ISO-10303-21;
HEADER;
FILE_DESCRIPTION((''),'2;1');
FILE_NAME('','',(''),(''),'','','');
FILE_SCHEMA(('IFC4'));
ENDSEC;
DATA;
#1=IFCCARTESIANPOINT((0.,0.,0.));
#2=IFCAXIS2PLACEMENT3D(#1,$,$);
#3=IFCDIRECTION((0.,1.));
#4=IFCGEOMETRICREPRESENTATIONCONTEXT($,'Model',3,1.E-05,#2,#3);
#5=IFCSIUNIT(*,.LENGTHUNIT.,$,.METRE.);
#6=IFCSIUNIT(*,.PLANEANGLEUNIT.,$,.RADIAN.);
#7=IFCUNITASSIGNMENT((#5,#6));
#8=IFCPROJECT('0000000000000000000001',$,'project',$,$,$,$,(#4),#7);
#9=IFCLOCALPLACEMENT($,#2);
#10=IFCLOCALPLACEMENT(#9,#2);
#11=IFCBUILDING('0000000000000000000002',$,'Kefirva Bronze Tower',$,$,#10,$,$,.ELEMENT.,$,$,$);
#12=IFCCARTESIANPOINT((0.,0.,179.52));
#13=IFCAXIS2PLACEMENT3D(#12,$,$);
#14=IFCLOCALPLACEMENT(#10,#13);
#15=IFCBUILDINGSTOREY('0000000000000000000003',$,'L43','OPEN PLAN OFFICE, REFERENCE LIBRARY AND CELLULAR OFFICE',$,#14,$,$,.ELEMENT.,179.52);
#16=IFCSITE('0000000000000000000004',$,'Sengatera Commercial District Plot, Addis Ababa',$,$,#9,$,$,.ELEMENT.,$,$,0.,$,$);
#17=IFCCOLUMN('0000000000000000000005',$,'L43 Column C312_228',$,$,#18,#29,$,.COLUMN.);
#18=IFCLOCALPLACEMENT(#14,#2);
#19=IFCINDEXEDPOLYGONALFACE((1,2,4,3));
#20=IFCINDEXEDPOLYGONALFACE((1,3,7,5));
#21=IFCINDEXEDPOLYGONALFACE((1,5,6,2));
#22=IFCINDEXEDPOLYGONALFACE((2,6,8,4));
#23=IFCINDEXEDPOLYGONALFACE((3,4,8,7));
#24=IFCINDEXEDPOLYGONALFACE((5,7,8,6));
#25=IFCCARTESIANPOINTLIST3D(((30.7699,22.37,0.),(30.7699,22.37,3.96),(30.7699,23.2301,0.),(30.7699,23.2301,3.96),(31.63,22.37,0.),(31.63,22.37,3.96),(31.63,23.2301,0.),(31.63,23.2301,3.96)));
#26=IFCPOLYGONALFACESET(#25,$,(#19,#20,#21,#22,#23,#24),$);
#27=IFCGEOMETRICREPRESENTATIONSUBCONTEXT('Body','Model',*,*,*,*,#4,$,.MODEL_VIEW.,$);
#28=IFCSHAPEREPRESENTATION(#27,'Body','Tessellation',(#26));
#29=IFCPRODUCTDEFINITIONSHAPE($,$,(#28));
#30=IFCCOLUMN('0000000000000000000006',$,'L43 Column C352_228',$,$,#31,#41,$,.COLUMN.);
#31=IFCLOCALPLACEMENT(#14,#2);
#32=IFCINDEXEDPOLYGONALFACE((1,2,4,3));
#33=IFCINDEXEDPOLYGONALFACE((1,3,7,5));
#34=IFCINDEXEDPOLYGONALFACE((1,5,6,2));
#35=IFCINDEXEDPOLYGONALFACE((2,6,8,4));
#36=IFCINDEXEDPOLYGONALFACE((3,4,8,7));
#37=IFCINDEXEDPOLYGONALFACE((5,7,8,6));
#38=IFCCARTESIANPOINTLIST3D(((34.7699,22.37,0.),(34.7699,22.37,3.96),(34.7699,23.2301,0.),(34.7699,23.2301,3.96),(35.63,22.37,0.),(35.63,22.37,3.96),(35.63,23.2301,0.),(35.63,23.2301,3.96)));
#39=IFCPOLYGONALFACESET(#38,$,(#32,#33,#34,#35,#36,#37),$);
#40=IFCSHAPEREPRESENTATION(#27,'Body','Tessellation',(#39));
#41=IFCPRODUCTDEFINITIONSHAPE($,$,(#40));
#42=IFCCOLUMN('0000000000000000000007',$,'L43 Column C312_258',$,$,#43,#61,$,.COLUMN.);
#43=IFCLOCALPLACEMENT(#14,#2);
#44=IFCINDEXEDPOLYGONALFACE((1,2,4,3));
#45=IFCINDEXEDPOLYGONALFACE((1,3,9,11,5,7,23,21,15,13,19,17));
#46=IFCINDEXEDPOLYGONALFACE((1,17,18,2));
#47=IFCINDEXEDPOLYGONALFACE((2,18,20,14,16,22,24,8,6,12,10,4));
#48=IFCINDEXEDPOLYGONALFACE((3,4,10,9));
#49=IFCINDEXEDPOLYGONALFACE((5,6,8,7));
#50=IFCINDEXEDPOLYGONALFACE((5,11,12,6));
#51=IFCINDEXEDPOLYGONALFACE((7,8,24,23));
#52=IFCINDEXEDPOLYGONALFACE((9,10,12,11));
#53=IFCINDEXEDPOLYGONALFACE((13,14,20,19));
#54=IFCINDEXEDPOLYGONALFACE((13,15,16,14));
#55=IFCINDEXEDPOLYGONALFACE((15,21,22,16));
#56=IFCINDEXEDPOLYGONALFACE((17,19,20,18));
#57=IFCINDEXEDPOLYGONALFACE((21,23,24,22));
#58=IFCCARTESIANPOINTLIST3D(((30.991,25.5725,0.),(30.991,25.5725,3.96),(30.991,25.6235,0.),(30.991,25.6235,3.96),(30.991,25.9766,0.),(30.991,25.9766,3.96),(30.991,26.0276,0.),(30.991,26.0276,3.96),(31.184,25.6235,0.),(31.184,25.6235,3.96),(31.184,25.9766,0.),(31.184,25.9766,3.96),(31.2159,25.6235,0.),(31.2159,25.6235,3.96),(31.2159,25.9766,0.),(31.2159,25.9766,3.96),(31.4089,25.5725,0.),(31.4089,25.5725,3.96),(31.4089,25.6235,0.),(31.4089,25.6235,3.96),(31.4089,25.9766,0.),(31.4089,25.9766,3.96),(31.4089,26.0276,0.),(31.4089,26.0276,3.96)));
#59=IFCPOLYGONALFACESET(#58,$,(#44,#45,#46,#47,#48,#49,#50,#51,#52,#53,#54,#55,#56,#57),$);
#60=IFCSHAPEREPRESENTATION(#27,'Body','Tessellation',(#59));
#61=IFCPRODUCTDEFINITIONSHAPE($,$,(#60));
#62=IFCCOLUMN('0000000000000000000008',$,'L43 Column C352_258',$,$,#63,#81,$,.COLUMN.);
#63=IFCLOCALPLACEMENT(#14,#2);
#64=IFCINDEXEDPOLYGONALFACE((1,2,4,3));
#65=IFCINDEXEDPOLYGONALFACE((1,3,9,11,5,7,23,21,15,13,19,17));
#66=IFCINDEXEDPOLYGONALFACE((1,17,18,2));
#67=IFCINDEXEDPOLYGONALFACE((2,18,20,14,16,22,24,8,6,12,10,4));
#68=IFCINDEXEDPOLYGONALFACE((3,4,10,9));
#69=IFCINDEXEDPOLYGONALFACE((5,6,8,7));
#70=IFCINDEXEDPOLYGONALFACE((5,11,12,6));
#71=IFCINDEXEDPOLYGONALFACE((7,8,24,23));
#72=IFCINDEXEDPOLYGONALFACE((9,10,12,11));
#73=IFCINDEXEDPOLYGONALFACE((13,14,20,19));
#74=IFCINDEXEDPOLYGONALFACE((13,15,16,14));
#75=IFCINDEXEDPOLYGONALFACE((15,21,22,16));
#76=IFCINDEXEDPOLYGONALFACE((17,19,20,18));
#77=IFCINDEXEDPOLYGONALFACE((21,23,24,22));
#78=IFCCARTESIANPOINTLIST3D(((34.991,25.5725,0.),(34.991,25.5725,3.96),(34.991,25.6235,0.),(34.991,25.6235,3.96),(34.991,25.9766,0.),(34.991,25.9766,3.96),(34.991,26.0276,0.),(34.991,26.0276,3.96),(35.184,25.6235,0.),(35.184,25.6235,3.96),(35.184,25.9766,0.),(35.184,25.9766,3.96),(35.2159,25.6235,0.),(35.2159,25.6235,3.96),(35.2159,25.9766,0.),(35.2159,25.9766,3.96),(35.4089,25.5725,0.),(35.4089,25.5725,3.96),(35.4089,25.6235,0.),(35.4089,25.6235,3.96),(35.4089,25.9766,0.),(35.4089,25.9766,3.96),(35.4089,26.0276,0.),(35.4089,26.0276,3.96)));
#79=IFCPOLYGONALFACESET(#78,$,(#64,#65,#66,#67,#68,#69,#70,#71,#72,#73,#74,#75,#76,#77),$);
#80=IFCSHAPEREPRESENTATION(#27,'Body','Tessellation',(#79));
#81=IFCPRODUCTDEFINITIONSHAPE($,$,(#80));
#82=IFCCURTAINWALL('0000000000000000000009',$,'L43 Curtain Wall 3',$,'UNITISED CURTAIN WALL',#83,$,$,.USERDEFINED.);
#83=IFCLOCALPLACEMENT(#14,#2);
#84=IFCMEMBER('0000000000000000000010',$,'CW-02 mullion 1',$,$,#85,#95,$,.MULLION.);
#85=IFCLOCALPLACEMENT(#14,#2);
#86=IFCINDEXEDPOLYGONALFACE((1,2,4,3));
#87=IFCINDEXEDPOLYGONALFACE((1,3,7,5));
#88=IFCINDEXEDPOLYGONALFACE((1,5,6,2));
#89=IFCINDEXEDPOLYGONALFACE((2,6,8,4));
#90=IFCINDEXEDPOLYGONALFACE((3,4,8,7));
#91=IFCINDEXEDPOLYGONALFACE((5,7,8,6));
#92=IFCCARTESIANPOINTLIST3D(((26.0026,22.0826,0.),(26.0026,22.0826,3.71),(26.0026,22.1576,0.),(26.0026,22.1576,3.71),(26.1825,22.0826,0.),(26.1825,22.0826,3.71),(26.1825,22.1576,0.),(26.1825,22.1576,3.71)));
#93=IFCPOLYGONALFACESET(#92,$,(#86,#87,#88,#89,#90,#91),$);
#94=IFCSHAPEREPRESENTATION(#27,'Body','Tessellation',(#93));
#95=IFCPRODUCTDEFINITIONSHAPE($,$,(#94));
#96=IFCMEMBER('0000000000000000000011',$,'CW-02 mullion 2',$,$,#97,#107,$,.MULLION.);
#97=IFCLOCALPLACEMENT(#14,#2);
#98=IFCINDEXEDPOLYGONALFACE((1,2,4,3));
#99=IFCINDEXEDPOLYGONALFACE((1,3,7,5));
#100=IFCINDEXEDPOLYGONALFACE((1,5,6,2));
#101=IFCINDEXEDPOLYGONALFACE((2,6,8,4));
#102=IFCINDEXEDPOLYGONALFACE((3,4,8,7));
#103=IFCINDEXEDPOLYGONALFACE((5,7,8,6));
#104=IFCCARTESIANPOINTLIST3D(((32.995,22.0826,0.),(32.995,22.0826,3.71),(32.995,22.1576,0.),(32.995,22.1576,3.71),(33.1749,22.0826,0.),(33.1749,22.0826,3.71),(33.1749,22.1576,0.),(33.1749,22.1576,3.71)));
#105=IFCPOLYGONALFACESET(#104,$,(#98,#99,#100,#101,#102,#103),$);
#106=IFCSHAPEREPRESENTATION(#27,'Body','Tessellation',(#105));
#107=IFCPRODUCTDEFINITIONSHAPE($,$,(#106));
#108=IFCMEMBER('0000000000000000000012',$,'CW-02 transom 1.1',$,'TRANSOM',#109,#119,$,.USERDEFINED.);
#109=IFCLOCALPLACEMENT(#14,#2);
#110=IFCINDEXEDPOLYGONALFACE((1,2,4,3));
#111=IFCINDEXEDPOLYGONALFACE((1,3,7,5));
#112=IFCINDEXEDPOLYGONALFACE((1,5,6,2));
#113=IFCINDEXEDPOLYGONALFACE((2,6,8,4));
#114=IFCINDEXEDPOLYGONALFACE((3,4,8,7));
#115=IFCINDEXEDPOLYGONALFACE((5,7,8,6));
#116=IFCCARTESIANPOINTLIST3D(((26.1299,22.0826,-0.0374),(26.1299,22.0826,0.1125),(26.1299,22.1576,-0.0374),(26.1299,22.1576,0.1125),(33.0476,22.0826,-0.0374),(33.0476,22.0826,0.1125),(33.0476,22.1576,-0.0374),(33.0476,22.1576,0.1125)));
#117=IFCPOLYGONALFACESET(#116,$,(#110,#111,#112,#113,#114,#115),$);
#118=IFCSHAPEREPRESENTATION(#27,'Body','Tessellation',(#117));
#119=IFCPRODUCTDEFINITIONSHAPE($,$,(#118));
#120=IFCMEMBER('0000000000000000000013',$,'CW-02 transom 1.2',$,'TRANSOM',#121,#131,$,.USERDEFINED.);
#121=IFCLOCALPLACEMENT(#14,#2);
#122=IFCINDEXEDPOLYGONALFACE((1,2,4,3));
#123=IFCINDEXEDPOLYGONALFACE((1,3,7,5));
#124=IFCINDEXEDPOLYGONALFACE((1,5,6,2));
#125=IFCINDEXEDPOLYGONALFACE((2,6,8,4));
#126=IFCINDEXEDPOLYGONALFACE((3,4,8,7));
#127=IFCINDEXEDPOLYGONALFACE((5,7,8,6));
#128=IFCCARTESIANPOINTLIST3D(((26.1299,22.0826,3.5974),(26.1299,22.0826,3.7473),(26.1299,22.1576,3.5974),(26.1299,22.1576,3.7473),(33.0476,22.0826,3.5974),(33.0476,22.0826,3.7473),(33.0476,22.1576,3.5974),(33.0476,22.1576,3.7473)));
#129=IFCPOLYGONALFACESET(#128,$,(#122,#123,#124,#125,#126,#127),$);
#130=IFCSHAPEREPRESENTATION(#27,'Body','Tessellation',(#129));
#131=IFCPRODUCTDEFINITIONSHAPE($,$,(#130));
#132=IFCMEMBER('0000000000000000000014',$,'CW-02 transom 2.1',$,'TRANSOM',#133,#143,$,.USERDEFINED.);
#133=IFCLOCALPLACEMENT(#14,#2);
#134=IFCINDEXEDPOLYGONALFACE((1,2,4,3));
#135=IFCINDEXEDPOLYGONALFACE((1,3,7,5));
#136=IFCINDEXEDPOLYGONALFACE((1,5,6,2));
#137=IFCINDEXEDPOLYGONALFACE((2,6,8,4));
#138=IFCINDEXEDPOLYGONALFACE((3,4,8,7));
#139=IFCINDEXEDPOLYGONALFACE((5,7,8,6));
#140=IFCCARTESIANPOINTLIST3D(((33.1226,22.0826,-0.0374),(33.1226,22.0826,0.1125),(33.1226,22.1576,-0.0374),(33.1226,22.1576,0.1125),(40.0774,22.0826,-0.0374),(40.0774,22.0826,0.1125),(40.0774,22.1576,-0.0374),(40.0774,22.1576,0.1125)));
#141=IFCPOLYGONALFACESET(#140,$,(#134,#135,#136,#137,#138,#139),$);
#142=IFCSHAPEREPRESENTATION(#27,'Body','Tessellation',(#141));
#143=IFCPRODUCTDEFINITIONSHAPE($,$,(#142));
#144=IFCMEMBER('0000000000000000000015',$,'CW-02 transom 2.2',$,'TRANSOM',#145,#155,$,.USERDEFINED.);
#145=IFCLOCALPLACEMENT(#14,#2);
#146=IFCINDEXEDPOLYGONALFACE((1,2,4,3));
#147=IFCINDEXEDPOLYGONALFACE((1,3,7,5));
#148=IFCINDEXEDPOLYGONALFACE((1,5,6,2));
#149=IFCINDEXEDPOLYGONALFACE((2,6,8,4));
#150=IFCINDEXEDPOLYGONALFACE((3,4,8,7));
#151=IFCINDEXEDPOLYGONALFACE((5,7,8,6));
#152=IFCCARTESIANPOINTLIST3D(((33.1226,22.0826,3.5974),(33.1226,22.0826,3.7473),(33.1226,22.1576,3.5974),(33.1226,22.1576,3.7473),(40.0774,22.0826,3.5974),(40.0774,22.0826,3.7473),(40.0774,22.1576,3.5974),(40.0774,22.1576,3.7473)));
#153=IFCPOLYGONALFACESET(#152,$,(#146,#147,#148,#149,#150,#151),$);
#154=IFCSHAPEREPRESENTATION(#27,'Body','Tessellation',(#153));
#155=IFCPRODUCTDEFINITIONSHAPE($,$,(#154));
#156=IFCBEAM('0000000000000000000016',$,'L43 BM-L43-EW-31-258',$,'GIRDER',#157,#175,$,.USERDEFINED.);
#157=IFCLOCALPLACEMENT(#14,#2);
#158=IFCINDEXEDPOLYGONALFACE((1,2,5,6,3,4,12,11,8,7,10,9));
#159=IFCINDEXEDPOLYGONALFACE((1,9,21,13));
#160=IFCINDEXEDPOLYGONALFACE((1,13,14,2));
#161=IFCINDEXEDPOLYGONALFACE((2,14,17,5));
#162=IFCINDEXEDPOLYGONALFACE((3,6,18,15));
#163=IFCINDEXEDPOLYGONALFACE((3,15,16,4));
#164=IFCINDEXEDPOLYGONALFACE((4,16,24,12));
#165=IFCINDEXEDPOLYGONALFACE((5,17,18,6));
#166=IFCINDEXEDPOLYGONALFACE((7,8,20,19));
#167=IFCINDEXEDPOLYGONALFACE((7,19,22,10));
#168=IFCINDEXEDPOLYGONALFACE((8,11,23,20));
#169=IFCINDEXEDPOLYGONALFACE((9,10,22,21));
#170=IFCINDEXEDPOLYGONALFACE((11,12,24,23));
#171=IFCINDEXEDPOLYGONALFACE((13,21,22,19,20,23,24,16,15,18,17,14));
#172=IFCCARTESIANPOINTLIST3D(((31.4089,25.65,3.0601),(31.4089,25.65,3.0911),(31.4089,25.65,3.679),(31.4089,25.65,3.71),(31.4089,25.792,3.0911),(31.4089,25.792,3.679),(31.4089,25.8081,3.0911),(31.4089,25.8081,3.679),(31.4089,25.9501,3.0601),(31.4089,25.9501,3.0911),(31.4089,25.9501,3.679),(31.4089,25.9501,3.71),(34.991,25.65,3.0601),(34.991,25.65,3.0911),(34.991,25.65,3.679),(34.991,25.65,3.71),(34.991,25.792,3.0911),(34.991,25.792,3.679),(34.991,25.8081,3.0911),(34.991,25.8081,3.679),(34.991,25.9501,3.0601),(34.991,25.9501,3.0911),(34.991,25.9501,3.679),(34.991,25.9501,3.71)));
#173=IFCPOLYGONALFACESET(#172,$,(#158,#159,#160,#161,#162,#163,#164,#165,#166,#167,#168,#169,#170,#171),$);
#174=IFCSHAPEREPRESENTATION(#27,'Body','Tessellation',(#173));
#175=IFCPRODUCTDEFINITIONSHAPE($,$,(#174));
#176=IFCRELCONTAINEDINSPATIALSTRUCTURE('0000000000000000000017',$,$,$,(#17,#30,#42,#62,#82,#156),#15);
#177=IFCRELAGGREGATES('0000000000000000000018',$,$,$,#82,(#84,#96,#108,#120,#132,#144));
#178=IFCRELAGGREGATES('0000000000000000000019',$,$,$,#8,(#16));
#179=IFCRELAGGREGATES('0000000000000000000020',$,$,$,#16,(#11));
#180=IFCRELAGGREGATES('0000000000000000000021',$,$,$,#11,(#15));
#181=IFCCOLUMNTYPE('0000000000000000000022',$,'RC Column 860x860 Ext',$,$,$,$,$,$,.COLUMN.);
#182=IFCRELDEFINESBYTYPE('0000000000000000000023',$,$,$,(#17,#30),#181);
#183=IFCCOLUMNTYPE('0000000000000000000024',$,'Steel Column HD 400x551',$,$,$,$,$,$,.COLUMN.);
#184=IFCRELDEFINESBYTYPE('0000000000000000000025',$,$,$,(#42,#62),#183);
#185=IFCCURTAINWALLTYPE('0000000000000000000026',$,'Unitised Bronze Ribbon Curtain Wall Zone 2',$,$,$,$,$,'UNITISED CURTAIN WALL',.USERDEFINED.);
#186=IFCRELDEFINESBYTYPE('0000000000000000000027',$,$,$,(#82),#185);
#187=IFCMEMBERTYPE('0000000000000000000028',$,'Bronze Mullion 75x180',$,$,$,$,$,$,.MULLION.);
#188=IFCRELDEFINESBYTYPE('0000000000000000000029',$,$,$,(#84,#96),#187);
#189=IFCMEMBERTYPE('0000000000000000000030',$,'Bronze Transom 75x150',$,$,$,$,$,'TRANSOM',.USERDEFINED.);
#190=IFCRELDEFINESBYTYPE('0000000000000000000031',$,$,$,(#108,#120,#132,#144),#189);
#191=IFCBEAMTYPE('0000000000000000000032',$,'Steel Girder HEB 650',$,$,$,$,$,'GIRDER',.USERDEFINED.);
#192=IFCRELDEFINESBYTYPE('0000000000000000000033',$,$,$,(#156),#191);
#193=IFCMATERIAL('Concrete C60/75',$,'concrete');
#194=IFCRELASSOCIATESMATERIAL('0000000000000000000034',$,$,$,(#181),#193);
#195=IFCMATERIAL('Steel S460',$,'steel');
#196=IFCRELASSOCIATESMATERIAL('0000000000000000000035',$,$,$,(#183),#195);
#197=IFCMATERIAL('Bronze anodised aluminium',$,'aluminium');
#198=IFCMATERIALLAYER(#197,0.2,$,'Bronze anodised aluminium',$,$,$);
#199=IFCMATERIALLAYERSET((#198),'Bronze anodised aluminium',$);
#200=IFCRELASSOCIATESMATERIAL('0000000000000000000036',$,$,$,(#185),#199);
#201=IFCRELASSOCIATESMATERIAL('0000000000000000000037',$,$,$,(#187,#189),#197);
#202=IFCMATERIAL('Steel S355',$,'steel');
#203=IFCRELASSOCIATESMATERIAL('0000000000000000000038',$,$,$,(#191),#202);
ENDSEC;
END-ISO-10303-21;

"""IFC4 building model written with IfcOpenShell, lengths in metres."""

from ifc_helpers import new_model, si_unit, direction, frame, origin, origin_2d, place, context, subcontext, project, spatial, rectangle, i_section, extrude, material, layer, layer_set, material_profile, profile_set, type_object, element, aggregate, save


model = new_model("IFC4")

# Units and contexts
model_context = context("Model", 3, precision=1e-05, world=origin(), true_north=direction((0.0, 1.0)))
body_context = subcontext(model_context, "Body", "Model", "MODEL_VIEW")
ifc_project = project(units=[si_unit("LENGTHUNIT", "METRE"), si_unit("PLANEANGLEUNIT", "RADIAN")], contexts=[model_context])

# Site, building, storey
site_placement = place(None, origin())
site = spatial("IfcSite", under=ifc_project, at=site_placement, Name="Sengatera Commercial District Plot, Addis Ababa", CompositionType="ELEMENT", RefElevation=0.0)
building_placement = place(site_placement, origin())
building = spatial("IfcBuilding", under=site, at=building_placement, Name="Kefirva Bronze Tower", CompositionType="ELEMENT")
storey_placement = place(building_placement, frame((0.0, 0.0, 179.52)))
storey = spatial("IfcBuildingStorey", under=building, at=storey_placement, Name="L43", Description="OPEN PLAN OFFICE, REFERENCE LIBRARY AND CELLULAR OFFICE", CompositionType="ELEMENT", Elevation=179.52)

# Columns
ifc_material_1 = material(Name="Concrete C60/75", Category="concrete")
ifc_material_profile_1 = material_profile(ifc_material_1, rectangle(XDim=0.8601, YDim=0.8601, at=origin_2d()), Name="RC 860x860")
ifc_profile_set_1 = profile_set([ifc_material_profile_1], Name="Concrete C60/75")
column_type_1 = type_object("IfcColumnType", Name="RC Column 860x860 Ext", PredefinedType="COLUMN", material=ifc_profile_set_1)
for number, where, z_axis, x_axis, name in (
    (1, (31.2, 22.8, 0.0), (0.0, 0.0, 1.0), (1.0, 0.0, 0.0), "L43 Column C312_228"),
    (2, (35.2, 22.8, 0.0), (0.0, 0.0, 1.0), (1.0, 0.0, 0.0), "L43 Column C352_228"),
):
    element("IfcColumn", number, at=place(storey_placement, frame(where, z_axis=z_axis, x_axis=x_axis)), inside=storey, type_object=column_type_1, Name=name, PredefinedType="COLUMN", context=body_context, shape_type="SweptSolid", body=[
        extrude(rectangle(XDim=0.8601, YDim=0.8601, at=origin_2d()), origin(), (0.0, 0.0, 1.0), 3.96),
    ])
ifc_material_2 = material(Name="Steel S460", Category="steel")
ifc_material_profile_2 = material_profile(ifc_material_2, i_section(OverallWidth=0.418, OverallDepth=0.4551, WebThickness=0.032, FlangeThickness=0.051, at=origin_2d()), Name="HD 400x551")
ifc_profile_set_2 = profile_set([ifc_material_profile_2], Name="Steel S460")
column_type_2 = type_object("IfcColumnType", Name="Steel Column HD 400x551", PredefinedType="COLUMN", material=ifc_profile_set_2)
for number, where, z_axis, x_axis, name in (
    (3, (31.2, 25.8, 0.0), (0.0, 0.0, 1.0), (1.0, 0.0, 0.0), "L43 Column C312_258"),
    (4, (35.2, 25.8, 0.0), (0.0, 0.0, 1.0), (1.0, 0.0, 0.0), "L43 Column C352_258"),
):
    element("IfcColumn", number, at=place(storey_placement, frame(where, z_axis=z_axis, x_axis=x_axis)), inside=storey, type_object=column_type_2, Name=name, PredefinedType="COLUMN", context=body_context, shape_type="SweptSolid", body=[
        extrude(i_section(OverallWidth=0.418, OverallDepth=0.4551, WebThickness=0.032, FlangeThickness=0.051, at=origin_2d()), origin(), (0.0, 0.0, 1.0), 3.96),
    ])

# Curtain wall, members
ifc_material_3 = material(Name="Bronze anodised aluminium", Category="aluminium")
ifc_layer_1 = layer(ifc_material_3, 0.2, Name="Bronze anodised aluminium")
ifc_layer_set_1 = layer_set([ifc_layer_1], Name="Bronze anodised aluminium")
curtain_wall_type = type_object("IfcCurtainWallType", Name="Unitised Bronze Ribbon Curtain Wall Zone 2", ElementType="UNITISED CURTAIN WALL", PredefinedType="USERDEFINED", material=ifc_layer_set_1)
curtain_wall_placement = place(storey_placement, origin())
curtain_wall = element("IfcCurtainWall", 5, at=curtain_wall_placement, inside=storey, type_object=curtain_wall_type, Name="L43 Curtain Wall 3", ObjectType="UNITISED CURTAIN WALL", PredefinedType="USERDEFINED")
ifc_material_profile_3 = material_profile(ifc_material_3, rectangle(XDim=0.075, YDim=0.1799, at=origin_2d()), Name="ALU 75x180")
ifc_profile_set_3 = profile_set([ifc_material_profile_3], Name="Bronze anodised aluminium")
member_type_1 = type_object("IfcMemberType", Name="Bronze Mullion 75x180", PredefinedType="MULLION", material=ifc_profile_set_3)
member_1_placement = place(storey_placement, frame((26.0925, 22.1201, 0.0), z_axis=(0.0, 0.0, 1.0), x_axis=(0.0, 1.0, 0.0)))
member_1 = element("IfcMember", 6, at=member_1_placement, type_object=member_type_1, Name="CW-02 mullion 1", PredefinedType="MULLION", context=body_context, shape_type="SweptSolid", body=[
    extrude(rectangle(XDim=0.075, YDim=0.1799, at=origin_2d()), origin(), (0.0, 0.0, 1.0), 3.71),
])
member_2_placement = place(storey_placement, frame((33.085, 22.1201, 0.0), z_axis=(0.0, 0.0, 1.0), x_axis=(0.0, 1.0, 0.0)))
member_2 = element("IfcMember", 7, at=member_2_placement, type_object=member_type_1, Name="CW-02 mullion 2", PredefinedType="MULLION", context=body_context, shape_type="SweptSolid", body=[
    extrude(rectangle(XDim=0.075, YDim=0.1799, at=origin_2d()), origin(), (0.0, 0.0, 1.0), 3.71),
])
ifc_material_profile_4 = material_profile(ifc_material_3, rectangle(XDim=0.075, YDim=0.1499, at=origin_2d()), Name="ALU 75x150")
ifc_profile_set_4 = profile_set([ifc_material_profile_4], Name="Bronze anodised aluminium")
member_type_2 = type_object("IfcMemberType", Name="Bronze Transom 75x150", ElementType="TRANSOM", PredefinedType="USERDEFINED", material=ifc_profile_set_4)
member_3_placement = place(storey_placement, frame((26.1299, 22.1201, 0.0376), z_axis=(1.0, 0.0, 0.0), x_axis=(0.0, 1.0, 0.0)))
member_3 = element("IfcMember", 8, at=member_3_placement, type_object=member_type_2, Name="CW-02 transom 1.1", ObjectType="TRANSOM", PredefinedType="USERDEFINED", context=body_context, shape_type="SweptSolid", body=[
    extrude(rectangle(XDim=0.075, YDim=0.1499, at=origin_2d()), origin(), (0.0, 0.0, 1.0), 6.9177),
])
member_4_placement = place(storey_placement, frame((26.1299, 22.1201, 3.6724), z_axis=(1.0, 0.0, 0.0), x_axis=(0.0, 1.0, 0.0)))
member_4 = element("IfcMember", 9, at=member_4_placement, type_object=member_type_2, Name="CW-02 transom 1.2", ObjectType="TRANSOM", PredefinedType="USERDEFINED", context=body_context, shape_type="SweptSolid", body=[
    extrude(rectangle(XDim=0.075, YDim=0.1499, at=origin_2d()), origin(), (0.0, 0.0, 1.0), 6.9177),
])
member_5_placement = place(storey_placement, frame((33.1226, 22.1201, 0.0376), z_axis=(1.0, 0.0, 0.0), x_axis=(0.0, 1.0, 0.0)))
member_5 = element("IfcMember", 10, at=member_5_placement, type_object=member_type_2, Name="CW-02 transom 2.1", ObjectType="TRANSOM", PredefinedType="USERDEFINED", context=body_context, shape_type="SweptSolid", body=[
    extrude(rectangle(XDim=0.075, YDim=0.1499, at=origin_2d()), origin(), (0.0, 0.0, 1.0), 6.9548),
])
member_6_placement = place(storey_placement, frame((33.1226, 22.1201, 3.6724), z_axis=(1.0, 0.0, 0.0), x_axis=(0.0, 1.0, 0.0)))
member_6 = element("IfcMember", 11, at=member_6_placement, type_object=member_type_2, Name="CW-02 transom 2.2", ObjectType="TRANSOM", PredefinedType="USERDEFINED", context=body_context, shape_type="SweptSolid", body=[
    extrude(rectangle(XDim=0.075, YDim=0.1499, at=origin_2d()), origin(), (0.0, 0.0, 1.0), 6.9548),
])

# Beam
ifc_material_4 = material(Name="Steel S355", Category="steel")
ifc_material_profile_5 = material_profile(ifc_material_4, i_section(OverallWidth=0.3, OverallDepth=0.6499, WebThickness=0.0161, FlangeThickness=0.031, at=origin_2d()), Name="HEB 650")
ifc_profile_set_5 = profile_set([ifc_material_profile_5], Name="Steel S355")
beam_type_1 = type_object("IfcBeamType", Name="Steel Girder HEB 650", ElementType="GIRDER", PredefinedType="USERDEFINED", material=ifc_profile_set_5)
beam_1_placement = place(storey_placement, frame((31.4089, 25.8, 3.385), z_axis=(1.0, 0.0, 0.0), x_axis=(0.0, 1.0, 0.0)))
element("IfcBeam", 12, at=beam_1_placement, inside=storey, type_object=beam_type_1, Name="L43 BM-L43-EW-31-258", ObjectType="GIRDER", PredefinedType="USERDEFINED", context=body_context, shape_type="SweptSolid", body=[
    extrude(i_section(OverallWidth=0.3, OverallDepth=0.6499, WebThickness=0.0161, FlangeThickness=0.031, at=origin_2d()), origin(), (0.0, 0.0, 1.0), 3.582),
])

aggregate(curtain_wall, [member_1, member_2, member_3, member_4, member_5, member_6])

save(model, "model.ifc")
